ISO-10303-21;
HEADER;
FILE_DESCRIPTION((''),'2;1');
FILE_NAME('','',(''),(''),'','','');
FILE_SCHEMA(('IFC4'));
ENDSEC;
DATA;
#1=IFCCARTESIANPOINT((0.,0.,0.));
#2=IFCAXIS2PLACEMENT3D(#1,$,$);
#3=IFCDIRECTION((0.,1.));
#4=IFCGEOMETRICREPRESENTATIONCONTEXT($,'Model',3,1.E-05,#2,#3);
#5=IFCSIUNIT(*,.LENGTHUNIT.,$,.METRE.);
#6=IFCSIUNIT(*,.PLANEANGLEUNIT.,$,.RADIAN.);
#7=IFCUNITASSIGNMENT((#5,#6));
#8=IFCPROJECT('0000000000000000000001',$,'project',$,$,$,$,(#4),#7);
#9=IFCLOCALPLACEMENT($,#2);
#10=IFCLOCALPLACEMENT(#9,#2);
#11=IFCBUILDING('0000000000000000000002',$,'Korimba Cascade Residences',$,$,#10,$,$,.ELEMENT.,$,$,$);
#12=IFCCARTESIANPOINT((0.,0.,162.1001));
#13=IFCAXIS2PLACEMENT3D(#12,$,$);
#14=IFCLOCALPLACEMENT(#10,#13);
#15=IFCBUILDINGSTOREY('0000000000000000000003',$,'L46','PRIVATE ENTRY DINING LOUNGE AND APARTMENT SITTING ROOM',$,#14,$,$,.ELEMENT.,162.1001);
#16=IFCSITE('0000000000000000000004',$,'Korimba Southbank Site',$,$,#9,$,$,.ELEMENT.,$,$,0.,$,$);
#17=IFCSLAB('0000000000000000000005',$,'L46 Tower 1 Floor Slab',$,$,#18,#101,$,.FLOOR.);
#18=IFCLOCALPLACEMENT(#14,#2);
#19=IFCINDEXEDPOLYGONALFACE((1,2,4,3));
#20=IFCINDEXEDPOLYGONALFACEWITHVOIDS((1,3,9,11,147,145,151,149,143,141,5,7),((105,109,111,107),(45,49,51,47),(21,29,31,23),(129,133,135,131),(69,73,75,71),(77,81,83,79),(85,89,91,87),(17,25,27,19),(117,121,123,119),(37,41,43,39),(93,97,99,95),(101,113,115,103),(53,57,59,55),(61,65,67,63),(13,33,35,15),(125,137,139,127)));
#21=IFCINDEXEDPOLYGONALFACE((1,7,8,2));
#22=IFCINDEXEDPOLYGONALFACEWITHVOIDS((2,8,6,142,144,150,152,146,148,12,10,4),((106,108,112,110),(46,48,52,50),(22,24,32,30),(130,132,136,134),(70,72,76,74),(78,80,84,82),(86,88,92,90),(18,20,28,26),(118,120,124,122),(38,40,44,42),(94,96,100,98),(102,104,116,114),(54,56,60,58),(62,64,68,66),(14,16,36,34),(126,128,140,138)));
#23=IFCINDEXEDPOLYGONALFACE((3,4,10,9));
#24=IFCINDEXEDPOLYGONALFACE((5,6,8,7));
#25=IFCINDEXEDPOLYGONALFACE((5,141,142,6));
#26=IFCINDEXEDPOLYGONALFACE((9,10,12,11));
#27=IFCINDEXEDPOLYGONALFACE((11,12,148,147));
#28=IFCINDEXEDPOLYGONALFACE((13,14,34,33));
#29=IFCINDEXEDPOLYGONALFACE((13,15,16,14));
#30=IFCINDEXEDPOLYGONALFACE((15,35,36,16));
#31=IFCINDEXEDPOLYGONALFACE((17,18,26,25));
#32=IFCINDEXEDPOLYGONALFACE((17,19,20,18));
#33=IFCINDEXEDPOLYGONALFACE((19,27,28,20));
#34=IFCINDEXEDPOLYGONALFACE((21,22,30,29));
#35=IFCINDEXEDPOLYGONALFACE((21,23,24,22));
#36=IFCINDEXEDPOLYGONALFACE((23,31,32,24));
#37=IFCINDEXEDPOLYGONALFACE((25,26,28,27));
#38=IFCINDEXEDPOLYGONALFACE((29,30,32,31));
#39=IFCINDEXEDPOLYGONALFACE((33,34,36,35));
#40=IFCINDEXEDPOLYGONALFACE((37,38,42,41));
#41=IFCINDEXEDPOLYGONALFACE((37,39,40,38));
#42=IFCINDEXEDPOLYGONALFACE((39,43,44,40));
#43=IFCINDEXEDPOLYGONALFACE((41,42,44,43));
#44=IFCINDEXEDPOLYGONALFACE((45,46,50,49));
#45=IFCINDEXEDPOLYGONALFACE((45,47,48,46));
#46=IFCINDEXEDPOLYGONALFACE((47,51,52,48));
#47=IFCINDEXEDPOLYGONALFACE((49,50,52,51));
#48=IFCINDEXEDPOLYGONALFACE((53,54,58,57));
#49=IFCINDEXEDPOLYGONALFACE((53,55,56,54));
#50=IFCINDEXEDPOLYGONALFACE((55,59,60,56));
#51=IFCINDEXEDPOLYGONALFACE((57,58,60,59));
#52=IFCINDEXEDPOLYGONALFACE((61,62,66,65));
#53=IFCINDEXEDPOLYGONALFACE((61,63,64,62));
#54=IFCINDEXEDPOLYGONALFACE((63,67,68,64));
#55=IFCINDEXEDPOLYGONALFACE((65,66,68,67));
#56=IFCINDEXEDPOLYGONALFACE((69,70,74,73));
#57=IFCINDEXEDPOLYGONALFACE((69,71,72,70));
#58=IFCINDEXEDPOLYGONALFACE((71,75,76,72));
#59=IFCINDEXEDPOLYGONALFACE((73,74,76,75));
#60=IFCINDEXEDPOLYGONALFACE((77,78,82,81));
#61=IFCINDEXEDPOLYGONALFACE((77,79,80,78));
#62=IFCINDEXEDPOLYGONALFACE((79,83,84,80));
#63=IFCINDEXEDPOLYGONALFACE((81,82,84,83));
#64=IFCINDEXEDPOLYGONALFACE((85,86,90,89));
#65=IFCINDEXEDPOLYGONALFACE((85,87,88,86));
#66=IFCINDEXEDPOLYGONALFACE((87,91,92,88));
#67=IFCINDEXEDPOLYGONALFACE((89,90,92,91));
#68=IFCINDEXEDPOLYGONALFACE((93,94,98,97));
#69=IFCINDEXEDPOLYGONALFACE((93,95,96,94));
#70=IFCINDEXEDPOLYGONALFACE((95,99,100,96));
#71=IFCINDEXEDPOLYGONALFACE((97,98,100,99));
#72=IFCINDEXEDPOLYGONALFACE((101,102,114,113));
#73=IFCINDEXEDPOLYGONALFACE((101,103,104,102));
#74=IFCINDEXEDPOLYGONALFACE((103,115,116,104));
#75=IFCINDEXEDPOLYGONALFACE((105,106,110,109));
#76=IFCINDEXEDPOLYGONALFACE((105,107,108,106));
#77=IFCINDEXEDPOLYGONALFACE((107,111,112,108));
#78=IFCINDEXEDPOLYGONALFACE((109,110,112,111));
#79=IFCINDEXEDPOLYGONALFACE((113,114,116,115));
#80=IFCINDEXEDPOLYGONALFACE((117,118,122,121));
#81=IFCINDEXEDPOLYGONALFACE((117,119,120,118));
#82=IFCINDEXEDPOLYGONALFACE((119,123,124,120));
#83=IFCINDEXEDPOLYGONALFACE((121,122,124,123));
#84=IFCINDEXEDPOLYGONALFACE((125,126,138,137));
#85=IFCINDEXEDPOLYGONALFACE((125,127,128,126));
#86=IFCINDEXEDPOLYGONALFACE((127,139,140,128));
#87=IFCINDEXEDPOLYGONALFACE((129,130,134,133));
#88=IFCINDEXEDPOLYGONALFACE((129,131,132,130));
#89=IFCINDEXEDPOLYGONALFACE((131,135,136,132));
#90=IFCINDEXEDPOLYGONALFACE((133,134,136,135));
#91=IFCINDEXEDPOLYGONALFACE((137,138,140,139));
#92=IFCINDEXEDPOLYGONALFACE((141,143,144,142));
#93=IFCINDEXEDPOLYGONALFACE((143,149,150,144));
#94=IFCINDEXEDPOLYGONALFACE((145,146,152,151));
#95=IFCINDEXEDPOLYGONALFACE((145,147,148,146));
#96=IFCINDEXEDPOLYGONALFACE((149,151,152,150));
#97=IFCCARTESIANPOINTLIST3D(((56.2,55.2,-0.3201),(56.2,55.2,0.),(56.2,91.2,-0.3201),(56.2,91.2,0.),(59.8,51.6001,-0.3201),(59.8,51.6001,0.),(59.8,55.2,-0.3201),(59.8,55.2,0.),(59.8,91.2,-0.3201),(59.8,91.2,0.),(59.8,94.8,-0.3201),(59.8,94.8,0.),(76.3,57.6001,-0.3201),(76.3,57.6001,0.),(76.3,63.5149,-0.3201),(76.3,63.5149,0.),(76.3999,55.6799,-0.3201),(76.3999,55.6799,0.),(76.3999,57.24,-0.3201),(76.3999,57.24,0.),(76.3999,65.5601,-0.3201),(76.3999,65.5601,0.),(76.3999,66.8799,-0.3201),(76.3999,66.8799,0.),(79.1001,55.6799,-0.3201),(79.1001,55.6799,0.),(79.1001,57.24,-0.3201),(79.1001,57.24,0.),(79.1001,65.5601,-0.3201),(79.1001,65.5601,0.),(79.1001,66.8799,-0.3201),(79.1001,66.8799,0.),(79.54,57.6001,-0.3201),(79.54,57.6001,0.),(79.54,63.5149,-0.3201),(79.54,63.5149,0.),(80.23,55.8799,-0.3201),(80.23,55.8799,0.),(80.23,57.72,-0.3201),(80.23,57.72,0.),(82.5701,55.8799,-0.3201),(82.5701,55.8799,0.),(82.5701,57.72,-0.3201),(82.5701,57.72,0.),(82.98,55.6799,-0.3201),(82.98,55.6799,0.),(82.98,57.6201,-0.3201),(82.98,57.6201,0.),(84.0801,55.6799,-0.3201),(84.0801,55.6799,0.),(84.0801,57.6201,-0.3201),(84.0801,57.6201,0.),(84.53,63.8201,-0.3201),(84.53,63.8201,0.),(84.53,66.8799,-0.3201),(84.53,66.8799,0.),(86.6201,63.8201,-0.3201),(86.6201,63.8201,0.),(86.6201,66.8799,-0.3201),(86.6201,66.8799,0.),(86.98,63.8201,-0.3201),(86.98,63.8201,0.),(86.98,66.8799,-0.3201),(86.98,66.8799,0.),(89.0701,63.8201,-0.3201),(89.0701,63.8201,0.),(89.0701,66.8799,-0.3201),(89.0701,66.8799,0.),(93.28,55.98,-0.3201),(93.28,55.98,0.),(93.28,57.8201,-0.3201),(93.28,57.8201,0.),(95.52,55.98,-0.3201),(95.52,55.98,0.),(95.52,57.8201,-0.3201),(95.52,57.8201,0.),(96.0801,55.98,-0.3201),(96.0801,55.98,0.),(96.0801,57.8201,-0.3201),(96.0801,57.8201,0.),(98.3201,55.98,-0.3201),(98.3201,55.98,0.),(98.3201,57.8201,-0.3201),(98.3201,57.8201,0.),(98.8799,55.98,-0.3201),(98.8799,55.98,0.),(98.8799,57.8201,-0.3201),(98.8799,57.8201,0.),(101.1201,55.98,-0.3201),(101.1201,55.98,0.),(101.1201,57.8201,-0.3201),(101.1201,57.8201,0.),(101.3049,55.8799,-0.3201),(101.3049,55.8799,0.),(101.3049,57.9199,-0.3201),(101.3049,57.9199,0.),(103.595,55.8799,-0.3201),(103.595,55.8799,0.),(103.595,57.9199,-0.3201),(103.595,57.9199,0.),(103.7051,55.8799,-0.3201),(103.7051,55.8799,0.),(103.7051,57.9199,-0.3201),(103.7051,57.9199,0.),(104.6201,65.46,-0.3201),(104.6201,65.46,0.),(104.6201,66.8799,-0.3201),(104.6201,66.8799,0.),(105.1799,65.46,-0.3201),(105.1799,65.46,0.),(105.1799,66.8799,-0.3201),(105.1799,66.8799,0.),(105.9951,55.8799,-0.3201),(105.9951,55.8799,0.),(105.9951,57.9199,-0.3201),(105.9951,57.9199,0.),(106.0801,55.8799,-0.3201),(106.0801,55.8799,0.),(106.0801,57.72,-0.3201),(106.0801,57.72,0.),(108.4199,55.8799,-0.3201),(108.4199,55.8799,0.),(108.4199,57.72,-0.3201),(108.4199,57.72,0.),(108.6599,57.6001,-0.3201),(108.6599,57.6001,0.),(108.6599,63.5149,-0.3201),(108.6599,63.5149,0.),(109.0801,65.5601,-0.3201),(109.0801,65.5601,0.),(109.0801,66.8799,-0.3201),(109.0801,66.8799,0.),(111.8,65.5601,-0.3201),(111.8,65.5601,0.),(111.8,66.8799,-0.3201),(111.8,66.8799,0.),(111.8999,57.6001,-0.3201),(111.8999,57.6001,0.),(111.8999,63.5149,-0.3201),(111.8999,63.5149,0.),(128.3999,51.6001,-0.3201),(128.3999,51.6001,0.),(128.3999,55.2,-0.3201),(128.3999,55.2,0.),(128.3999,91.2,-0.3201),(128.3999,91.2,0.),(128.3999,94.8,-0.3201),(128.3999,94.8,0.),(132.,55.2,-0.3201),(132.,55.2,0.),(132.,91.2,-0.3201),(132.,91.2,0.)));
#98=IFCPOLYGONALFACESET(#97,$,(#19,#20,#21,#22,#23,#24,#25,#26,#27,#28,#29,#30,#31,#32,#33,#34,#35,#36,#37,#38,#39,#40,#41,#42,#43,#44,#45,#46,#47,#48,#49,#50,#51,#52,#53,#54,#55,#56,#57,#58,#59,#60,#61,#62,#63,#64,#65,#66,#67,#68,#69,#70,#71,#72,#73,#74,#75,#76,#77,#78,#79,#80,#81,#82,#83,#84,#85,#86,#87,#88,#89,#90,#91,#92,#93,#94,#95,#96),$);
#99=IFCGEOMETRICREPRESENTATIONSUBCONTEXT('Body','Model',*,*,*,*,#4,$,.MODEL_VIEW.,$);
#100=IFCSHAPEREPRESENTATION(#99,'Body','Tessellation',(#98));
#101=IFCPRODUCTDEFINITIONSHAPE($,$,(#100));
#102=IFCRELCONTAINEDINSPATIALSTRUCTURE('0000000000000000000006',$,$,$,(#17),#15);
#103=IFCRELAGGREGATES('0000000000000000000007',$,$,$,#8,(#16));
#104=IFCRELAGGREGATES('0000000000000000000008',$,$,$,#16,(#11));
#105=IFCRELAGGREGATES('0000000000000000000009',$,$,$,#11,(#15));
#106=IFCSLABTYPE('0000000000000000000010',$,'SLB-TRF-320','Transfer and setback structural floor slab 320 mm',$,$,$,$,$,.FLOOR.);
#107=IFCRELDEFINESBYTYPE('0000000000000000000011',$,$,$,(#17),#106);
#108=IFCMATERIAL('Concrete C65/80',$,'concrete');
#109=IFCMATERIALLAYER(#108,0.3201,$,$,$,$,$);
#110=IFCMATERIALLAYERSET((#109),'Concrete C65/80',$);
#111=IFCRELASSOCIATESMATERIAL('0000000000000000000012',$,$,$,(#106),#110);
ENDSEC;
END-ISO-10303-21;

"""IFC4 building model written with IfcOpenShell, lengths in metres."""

from ifc_helpers import new_model, si_unit, direction, frame, origin, place, context, subcontext, project, spatial, polyline, outline, extrude, material, layer, layer_set, type_object, element, save


model = new_model("IFC4")

# Units and contexts
model_context = context("Model", 3, precision=1e-05, world=origin(), true_north=direction((0.0, 1.0)))
body_context = subcontext(model_context, "Body", "Model", "MODEL_VIEW")
ifc_project = project(units=[si_unit("LENGTHUNIT", "METRE"), si_unit("PLANEANGLEUNIT", "RADIAN")], contexts=[model_context])

# Site, building, storey
site_placement = place(None, origin())
site = spatial("IfcSite", under=ifc_project, at=site_placement, Name="Korimba Southbank Site", CompositionType="ELEMENT", RefElevation=0.0)
building_placement = place(site_placement, origin())
building = spatial("IfcBuilding", under=site, at=building_placement, Name="Korimba Cascade Residences", CompositionType="ELEMENT")
storey_placement = place(building_placement, frame((0.0, 0.0, 162.1001)))
storey = spatial("IfcBuildingStorey", under=building, at=storey_placement, Name="L46", Description="PRIVATE ENTRY DINING LOUNGE AND APARTMENT SITTING ROOM", CompositionType="ELEMENT", Elevation=162.1001)

# Shared definitions
ifc_material_1 = material(Name="Concrete C65/80", Category="concrete")

# Slab
ifc_layer_1 = layer(ifc_material_1, 0.3201)
ifc_layer_set_1 = layer_set([ifc_layer_1], Name="Concrete C65/80")
slab_type_1 = type_object("IfcSlabType", Name="SLB-TRF-320", Description="Transfer and setback structural floor slab 320 mm", PredefinedType="FLOOR", material=ifc_layer_set_1)
slab_1_placement = place(storey_placement, frame((0.0, 0.0, -0.3201)))
element("IfcSlab", 1, at=slab_1_placement, inside=storey, type_object=slab_type_1, Name="L46 Tower 1 Floor Slab", PredefinedType="FLOOR", context=body_context, shape_type="SweptSolid", body=[
    extrude(outline(polyline([(59.8, 51.6001), (128.3999, 51.6001), (128.3999, 55.2), (132.0, 55.2), (132.0, 91.2), (128.3999, 91.2), (128.3999, 94.8), (59.8, 94.8), (59.8, 91.2), (56.2, 91.2), (56.2, 55.2), (59.8, 55.2), (59.8, 51.6001)]), holes=[polyline([(76.3, 63.5149), (76.3, 57.6001), (79.54, 57.6001), (79.54, 63.5149), (76.3, 63.5149)]), polyline([(108.6599, 63.5149), (108.6599, 57.6001), (111.8999, 57.6001), (111.8999, 63.5149), (108.6599, 63.5149)]), polyline([(80.23, 55.8799), (82.5701, 55.8799), (82.5701, 57.72), (80.23, 57.72), (80.23, 55.8799)]), polyline([(106.0801, 55.8799), (108.4199, 55.8799), (108.4199, 57.72), (106.0801, 57.72), (106.0801, 55.8799)]), polyline([(93.28, 55.98), (95.52, 55.98), (95.52, 57.8201), (93.28, 57.8201), (93.28, 55.98)]), polyline([(96.0801, 55.98), (98.3201, 55.98), (98.3201, 57.8201), (96.0801, 57.8201), (96.0801, 55.98)]), polyline([(98.8799, 55.98), (101.1201, 55.98), (101.1201, 57.8201), (98.8799, 57.8201), (98.8799, 55.98)]), polyline([(101.3049, 55.8799), (103.595, 55.8799), (103.595, 57.9199), (101.3049, 57.9199), (101.3049, 55.8799)]), polyline([(103.7051, 55.8799), (105.9951, 55.8799), (105.9951, 57.9199), (103.7051, 57.9199), (103.7051, 55.8799)]), polyline([(82.98, 55.6799), (84.0801, 55.6799), (84.0801, 57.6201), (82.98, 57.6201), (82.98, 55.6799)]), polyline([(76.3999, 65.5601), (79.1001, 65.5601), (79.1001, 66.8799), (76.3999, 66.8799), (76.3999, 65.5601)]), polyline([(76.3999, 55.6799), (79.1001, 55.6799), (79.1001, 57.24), (76.3999, 57.24), (76.3999, 55.6799)]), polyline([(84.53, 63.8201), (86.6201, 63.8201), (86.6201, 66.8799), (84.53, 66.8799), (84.53, 63.8201)]), polyline([(86.98, 63.8201), (89.0701, 63.8201), (89.0701, 66.8799), (86.98, 66.8799), (86.98, 63.8201)]), polyline([(104.6201, 65.46), (105.1799, 65.46), (105.1799, 66.8799), (104.6201, 66.8799), (104.6201, 65.46)]), polyline([(109.0801, 65.5601), (111.8, 65.5601), (111.8, 66.8799), (109.0801, 66.8799), (109.0801, 65.5601)])]), origin(), (0.0, 0.0, 1.0), 0.3201),
])

save(model, "model.ifc")
